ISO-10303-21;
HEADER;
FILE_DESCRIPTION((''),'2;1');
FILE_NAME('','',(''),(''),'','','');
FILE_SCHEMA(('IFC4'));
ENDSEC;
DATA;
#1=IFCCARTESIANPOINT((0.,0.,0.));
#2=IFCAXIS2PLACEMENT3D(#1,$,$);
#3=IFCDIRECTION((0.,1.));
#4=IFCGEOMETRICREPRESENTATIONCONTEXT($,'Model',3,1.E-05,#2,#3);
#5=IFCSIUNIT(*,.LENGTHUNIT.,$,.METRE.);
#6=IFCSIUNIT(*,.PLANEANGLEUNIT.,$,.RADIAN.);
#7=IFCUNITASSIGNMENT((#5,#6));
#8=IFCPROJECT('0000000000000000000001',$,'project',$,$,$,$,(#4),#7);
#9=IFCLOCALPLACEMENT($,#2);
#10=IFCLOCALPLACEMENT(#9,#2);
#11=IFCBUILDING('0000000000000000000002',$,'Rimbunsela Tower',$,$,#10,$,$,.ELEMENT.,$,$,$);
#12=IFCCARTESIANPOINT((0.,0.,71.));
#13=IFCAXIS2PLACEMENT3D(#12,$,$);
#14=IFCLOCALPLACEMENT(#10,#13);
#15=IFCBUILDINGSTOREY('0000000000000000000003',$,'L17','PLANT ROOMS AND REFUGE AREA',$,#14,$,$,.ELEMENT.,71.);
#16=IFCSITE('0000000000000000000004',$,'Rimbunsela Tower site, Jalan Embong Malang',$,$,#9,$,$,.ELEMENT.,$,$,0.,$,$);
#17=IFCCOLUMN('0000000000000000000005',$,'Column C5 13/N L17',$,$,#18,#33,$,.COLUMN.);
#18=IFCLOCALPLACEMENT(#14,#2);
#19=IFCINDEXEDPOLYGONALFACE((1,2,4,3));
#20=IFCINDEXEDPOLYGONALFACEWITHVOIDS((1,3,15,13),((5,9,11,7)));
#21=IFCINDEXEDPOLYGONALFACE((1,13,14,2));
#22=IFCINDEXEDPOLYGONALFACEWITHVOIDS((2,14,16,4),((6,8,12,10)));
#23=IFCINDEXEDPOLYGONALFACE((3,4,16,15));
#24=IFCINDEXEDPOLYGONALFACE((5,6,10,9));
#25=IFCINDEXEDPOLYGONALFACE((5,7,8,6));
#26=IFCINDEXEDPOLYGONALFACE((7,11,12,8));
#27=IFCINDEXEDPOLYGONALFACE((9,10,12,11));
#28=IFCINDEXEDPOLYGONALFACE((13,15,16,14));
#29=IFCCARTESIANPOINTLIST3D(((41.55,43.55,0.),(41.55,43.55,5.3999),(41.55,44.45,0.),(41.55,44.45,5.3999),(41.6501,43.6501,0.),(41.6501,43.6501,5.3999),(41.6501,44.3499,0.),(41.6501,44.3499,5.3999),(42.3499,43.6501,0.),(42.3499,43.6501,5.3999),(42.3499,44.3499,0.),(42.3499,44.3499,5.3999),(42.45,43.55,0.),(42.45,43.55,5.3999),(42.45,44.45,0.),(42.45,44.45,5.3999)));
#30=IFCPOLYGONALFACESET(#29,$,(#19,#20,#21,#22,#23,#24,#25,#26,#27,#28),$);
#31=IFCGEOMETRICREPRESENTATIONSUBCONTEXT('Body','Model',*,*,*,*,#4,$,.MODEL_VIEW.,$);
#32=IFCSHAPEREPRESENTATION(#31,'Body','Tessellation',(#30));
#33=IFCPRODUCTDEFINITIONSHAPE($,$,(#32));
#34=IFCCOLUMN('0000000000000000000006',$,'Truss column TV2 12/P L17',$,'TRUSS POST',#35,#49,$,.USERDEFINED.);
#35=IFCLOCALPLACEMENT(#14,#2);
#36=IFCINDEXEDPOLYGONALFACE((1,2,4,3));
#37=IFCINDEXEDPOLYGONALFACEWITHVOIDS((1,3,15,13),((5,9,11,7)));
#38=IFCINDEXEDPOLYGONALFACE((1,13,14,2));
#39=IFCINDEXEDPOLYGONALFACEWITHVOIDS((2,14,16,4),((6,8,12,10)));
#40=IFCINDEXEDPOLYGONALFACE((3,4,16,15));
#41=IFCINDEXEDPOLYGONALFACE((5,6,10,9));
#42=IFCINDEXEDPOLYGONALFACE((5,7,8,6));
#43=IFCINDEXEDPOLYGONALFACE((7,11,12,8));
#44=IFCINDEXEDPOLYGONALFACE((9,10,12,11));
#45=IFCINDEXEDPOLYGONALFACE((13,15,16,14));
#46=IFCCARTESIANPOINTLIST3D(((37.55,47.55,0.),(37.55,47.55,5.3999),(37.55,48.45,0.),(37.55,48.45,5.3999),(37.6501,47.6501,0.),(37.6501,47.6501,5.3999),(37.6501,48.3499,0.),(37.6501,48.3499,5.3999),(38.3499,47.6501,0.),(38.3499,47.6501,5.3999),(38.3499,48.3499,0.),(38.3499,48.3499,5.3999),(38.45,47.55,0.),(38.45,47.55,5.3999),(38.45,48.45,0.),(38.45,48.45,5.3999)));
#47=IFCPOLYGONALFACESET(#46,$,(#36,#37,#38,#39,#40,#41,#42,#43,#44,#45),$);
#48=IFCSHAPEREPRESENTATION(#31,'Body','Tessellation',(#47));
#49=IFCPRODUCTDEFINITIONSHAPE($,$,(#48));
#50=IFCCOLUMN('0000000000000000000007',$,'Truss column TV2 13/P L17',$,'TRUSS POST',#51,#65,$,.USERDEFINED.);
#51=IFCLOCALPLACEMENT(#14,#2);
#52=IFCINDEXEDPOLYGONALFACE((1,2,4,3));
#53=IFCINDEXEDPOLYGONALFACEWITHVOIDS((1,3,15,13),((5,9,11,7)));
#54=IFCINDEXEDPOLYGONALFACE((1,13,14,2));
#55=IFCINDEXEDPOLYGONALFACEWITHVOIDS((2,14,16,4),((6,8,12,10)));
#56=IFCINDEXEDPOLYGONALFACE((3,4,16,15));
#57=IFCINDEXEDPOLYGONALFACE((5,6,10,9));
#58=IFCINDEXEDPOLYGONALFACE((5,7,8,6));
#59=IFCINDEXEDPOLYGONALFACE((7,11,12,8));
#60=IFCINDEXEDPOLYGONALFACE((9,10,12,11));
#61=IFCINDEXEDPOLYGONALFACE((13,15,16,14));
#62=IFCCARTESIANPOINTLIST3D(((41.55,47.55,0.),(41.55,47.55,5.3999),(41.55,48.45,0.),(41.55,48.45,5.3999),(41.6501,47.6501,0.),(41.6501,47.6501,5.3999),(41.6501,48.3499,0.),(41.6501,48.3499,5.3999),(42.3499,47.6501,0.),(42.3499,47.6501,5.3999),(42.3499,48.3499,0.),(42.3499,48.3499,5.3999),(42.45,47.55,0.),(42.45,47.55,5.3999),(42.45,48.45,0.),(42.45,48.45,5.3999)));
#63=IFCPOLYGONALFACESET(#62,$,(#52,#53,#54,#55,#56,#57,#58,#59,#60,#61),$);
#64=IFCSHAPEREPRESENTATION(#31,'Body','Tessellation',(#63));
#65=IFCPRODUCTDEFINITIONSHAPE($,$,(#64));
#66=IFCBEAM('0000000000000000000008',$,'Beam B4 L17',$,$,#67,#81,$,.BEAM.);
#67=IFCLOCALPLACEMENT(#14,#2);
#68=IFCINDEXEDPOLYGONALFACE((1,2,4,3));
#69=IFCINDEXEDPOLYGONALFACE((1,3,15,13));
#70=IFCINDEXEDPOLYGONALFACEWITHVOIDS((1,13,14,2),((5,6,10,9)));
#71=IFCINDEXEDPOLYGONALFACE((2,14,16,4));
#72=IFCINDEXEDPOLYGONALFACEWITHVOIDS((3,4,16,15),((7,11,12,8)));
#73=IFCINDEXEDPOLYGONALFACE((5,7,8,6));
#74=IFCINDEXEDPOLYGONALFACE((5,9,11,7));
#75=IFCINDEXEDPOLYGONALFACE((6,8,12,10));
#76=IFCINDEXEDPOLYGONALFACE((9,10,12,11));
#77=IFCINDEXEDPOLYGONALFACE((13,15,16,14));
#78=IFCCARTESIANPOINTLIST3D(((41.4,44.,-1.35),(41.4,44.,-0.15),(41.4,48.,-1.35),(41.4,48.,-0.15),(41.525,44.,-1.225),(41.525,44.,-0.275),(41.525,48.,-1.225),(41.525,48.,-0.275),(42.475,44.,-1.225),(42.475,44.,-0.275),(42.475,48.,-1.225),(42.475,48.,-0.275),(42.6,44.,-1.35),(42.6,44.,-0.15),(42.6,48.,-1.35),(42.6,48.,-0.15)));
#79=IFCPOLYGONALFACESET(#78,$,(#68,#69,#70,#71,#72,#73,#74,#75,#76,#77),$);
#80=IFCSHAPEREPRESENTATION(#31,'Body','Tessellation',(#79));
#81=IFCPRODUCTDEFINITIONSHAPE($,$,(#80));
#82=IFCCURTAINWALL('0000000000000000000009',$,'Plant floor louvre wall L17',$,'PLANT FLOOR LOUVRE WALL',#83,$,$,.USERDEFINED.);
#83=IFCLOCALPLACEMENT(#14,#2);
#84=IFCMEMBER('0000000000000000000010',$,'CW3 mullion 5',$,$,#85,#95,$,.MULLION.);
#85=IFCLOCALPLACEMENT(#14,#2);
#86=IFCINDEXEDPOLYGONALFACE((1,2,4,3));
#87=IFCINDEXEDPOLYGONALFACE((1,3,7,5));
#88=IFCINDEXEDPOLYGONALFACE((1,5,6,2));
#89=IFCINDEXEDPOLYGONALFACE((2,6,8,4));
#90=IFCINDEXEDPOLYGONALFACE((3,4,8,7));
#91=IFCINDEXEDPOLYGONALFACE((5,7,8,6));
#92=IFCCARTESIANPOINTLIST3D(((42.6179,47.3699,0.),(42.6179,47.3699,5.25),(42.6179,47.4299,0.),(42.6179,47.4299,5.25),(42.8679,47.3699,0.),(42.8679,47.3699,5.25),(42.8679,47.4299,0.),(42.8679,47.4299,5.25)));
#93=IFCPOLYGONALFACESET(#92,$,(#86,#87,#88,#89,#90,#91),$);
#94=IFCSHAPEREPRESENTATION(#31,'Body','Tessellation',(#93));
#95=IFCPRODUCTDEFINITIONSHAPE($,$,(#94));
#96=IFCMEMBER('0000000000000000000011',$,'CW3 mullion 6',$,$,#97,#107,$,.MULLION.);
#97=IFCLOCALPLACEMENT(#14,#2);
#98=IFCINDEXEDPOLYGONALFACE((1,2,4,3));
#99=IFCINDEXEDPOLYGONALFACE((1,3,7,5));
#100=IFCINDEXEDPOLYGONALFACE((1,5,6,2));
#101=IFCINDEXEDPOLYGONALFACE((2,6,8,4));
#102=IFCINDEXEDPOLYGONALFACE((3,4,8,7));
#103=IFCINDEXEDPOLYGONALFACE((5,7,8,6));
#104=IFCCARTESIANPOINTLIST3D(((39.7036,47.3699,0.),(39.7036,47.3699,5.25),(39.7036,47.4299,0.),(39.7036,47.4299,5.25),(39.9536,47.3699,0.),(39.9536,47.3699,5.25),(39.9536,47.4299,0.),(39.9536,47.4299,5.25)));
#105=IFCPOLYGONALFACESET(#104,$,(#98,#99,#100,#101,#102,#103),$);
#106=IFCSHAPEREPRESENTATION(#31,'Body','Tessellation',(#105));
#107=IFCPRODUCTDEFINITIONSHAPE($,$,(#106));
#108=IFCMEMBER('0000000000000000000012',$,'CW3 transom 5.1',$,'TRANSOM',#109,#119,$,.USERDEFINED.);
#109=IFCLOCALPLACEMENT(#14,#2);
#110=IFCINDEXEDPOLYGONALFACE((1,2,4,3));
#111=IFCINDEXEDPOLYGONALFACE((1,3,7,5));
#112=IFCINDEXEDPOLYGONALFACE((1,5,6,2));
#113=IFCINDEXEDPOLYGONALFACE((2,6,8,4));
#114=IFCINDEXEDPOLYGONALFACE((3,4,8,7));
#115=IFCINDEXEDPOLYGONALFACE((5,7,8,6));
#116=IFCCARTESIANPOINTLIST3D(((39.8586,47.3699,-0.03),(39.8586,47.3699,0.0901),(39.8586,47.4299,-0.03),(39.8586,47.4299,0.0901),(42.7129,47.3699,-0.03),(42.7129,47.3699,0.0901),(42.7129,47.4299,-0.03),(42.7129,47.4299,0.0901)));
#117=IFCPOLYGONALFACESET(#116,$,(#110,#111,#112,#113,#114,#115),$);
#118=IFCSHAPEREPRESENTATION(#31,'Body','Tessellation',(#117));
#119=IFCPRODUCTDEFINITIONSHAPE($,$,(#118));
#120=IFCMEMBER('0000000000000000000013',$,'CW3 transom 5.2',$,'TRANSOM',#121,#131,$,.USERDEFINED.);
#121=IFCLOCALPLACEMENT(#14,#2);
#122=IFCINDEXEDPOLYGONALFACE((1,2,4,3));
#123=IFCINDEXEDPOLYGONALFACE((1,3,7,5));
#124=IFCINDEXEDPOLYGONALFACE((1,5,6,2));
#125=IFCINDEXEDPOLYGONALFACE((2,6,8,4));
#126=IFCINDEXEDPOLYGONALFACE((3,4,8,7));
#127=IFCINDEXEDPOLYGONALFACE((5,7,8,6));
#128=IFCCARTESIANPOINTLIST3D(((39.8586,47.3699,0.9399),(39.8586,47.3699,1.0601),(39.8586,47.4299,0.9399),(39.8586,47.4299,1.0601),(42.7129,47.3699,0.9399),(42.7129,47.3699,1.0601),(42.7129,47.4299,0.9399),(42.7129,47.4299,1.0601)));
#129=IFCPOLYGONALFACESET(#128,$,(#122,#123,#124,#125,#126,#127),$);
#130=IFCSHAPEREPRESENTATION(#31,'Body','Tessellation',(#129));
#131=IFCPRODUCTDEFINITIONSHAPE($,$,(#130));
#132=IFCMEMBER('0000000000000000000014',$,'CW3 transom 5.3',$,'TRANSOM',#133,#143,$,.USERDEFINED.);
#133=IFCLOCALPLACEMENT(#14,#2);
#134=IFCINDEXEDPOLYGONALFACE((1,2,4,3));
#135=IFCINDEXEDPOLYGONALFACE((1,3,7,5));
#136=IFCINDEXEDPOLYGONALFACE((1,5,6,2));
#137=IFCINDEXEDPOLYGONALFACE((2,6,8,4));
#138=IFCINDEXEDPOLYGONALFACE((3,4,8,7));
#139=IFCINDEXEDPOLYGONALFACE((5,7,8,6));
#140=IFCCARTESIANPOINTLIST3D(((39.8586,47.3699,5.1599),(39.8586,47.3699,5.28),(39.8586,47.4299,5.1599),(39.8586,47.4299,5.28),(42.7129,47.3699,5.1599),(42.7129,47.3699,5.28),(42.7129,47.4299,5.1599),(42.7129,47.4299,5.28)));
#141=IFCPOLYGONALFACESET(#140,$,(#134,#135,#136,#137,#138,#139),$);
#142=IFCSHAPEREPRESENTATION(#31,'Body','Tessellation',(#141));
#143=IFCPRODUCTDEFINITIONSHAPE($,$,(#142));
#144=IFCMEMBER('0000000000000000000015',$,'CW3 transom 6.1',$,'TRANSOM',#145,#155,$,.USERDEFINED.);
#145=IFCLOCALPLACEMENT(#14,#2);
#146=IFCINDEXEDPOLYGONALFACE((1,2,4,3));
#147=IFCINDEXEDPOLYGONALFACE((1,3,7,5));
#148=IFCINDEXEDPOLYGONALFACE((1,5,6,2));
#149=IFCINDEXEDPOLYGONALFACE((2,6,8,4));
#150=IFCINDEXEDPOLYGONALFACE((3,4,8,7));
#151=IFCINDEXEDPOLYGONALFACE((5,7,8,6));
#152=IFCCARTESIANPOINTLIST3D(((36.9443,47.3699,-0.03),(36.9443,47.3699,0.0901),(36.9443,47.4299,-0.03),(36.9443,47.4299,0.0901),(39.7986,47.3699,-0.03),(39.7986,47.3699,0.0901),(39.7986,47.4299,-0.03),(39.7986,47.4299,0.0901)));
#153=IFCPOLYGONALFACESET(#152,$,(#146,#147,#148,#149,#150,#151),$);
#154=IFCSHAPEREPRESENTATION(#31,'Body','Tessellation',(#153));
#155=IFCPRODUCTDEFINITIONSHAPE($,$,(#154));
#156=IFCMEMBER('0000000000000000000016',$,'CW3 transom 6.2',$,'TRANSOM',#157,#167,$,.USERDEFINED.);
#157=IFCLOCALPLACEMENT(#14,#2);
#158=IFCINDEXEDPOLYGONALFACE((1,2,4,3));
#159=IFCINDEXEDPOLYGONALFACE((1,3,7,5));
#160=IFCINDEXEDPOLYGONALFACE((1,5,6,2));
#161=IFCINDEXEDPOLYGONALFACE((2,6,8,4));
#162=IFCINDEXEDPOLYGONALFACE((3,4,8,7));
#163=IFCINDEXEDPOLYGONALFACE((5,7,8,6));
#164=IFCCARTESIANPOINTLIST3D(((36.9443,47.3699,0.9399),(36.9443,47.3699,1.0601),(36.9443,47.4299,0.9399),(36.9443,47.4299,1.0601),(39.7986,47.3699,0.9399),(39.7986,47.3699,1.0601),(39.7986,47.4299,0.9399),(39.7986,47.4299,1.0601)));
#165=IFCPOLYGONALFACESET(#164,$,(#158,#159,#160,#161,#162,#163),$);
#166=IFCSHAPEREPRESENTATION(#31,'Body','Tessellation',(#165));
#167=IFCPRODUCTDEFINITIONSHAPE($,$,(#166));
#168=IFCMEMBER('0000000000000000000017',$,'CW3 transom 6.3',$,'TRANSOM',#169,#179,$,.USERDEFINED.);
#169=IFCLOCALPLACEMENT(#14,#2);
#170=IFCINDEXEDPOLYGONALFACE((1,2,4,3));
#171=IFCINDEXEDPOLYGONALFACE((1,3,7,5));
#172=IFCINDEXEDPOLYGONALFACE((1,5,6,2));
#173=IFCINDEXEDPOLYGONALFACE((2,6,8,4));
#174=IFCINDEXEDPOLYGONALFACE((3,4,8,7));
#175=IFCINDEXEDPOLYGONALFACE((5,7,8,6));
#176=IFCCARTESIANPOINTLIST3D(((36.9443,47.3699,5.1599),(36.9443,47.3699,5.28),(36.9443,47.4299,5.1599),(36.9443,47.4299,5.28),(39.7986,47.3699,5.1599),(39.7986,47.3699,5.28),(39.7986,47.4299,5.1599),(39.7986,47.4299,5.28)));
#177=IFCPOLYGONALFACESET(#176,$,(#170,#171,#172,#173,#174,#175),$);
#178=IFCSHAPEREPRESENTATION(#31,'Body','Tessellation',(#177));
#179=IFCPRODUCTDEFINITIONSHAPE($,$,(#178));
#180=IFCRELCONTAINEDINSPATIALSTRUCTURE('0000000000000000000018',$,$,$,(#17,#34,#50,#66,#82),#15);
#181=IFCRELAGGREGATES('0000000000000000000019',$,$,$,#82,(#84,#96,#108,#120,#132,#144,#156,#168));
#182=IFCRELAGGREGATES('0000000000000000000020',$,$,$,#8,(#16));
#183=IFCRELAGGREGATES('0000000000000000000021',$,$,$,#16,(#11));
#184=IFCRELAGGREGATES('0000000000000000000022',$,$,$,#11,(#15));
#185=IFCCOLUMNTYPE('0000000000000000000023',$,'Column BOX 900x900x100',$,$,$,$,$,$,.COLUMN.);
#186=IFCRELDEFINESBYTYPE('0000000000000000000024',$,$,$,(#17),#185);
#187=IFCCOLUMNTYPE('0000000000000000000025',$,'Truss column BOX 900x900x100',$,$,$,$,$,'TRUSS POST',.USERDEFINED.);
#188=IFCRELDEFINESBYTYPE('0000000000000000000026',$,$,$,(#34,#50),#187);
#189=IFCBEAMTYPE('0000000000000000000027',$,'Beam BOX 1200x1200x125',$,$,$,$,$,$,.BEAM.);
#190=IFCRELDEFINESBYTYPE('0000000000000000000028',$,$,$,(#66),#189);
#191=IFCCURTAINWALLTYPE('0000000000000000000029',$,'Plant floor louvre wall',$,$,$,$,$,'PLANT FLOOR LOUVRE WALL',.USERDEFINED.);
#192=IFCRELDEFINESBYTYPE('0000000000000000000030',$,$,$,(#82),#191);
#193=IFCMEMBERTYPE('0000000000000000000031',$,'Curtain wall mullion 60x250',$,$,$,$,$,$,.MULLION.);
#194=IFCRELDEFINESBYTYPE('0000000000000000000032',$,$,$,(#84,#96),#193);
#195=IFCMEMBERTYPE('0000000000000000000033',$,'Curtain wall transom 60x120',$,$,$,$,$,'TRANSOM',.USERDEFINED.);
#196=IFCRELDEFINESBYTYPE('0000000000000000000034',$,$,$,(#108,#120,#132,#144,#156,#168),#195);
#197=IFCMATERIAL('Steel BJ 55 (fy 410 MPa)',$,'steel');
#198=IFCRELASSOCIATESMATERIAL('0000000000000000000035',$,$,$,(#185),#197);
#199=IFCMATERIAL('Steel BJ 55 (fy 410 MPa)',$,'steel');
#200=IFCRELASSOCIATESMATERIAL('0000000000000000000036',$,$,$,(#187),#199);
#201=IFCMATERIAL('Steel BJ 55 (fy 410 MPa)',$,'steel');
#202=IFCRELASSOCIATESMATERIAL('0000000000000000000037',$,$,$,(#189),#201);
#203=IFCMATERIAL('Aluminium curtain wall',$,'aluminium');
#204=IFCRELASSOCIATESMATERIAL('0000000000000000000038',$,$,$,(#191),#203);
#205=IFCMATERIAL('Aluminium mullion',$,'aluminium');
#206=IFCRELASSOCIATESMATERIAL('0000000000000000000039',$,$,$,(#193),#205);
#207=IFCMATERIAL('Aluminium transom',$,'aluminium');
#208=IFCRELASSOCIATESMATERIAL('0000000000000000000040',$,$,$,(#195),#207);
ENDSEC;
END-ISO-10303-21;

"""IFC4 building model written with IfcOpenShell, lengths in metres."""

from ifc_helpers import new_model, si_unit, direction, frame, origin, origin_2d, place, context, subcontext, project, spatial, rectangle, hollow_rectangle, extrude, material, material_profile, profile_set, type_object, element, aggregate, save


model = new_model("IFC4")

# Units and contexts
model_context = context("Model", 3, precision=1e-05, world=origin(), true_north=direction((0.0, 1.0)))
body_context = subcontext(model_context, "Body", "Model", "MODEL_VIEW")
ifc_project = project(units=[si_unit("LENGTHUNIT", "METRE"), si_unit("PLANEANGLEUNIT", "RADIAN")], contexts=[model_context])

# Site, building, storey
site_placement = place(None, origin())
site = spatial("IfcSite", under=ifc_project, at=site_placement, Name="Rimbunsela Tower site, Jalan Embong Malang", CompositionType="ELEMENT", RefElevation=0.0)
building_placement = place(site_placement, origin())
building = spatial("IfcBuilding", under=site, at=building_placement, Name="Rimbunsela Tower", CompositionType="ELEMENT")
storey_placement = place(building_placement, frame((0.0, 0.0, 71.0)))
storey = spatial("IfcBuildingStorey", under=building, at=storey_placement, Name="L17", Description="PLANT ROOMS AND REFUGE AREA", CompositionType="ELEMENT", Elevation=71.0)

# Columns
ifc_material_1 = material(Name="Steel BJ 55 (fy 410 MPa)", Category="steel")
ifc_material_profile_1 = material_profile(ifc_material_1, hollow_rectangle(XDim=0.8999, YDim=0.8999, WallThickness=0.1001, at=origin_2d()), Name="BOX 900x900x100")
ifc_profile_set_1 = profile_set([ifc_material_profile_1], Name="Steel BJ 55 (fy 410 MPa)")
column_type_1 = type_object("IfcColumnType", Name="Column BOX 900x900x100", PredefinedType="COLUMN", material=ifc_profile_set_1)
column_placement = place(storey_placement, frame((42.0, 44.0, 0.0), z_axis=(0.0, 0.0, 1.0), x_axis=(1.0, 0.0, 0.0)))
element("IfcColumn", 1, at=column_placement, inside=storey, type_object=column_type_1, Name="Column C5 13/N L17", PredefinedType="COLUMN", context=body_context, shape_type="SweptSolid", body=[
    extrude(hollow_rectangle(XDim=0.8999, YDim=0.8999, WallThickness=0.1001, at=origin_2d()), origin(), (0.0, 0.0, 1.0), 5.3999),
])
ifc_material_2 = material(Name="Steel BJ 55 (fy 410 MPa)", Category="steel")
ifc_material_profile_2 = material_profile(ifc_material_2, hollow_rectangle(XDim=0.8999, YDim=0.8999, WallThickness=0.1001, at=origin_2d()), Name="BOX 900x900x100")
ifc_profile_set_2 = profile_set([ifc_material_profile_2], Name="Steel BJ 55 (fy 410 MPa)")
column_type_2 = type_object("IfcColumnType", Name="Truss column BOX 900x900x100", ElementType="TRUSS POST", PredefinedType="USERDEFINED", material=ifc_profile_set_2)
for number, where, z_axis, x_axis, name in (
    (2, (38.0, 48.0, 0.0), (0.0, 0.0, 1.0), (1.0, 0.0, 0.0), "Truss column TV2 12/P L17"),
    (3, (42.0, 48.0, 0.0), (0.0, 0.0, 1.0), (1.0, 0.0, 0.0), "Truss column TV2 13/P L17"),
):
    element("IfcColumn", number, at=place(storey_placement, frame(where, z_axis=z_axis, x_axis=x_axis)), inside=storey, type_object=column_type_2, Name=name, ObjectType="TRUSS POST", PredefinedType="USERDEFINED", context=body_context, shape_type="SweptSolid", body=[
        extrude(hollow_rectangle(XDim=0.8999, YDim=0.8999, WallThickness=0.1001, at=origin_2d()), origin(), (0.0, 0.0, 1.0), 5.3999),
    ])

# Beam
ifc_material_3 = material(Name="Steel BJ 55 (fy 410 MPa)", Category="steel")
ifc_material_profile_3 = material_profile(ifc_material_3, hollow_rectangle(XDim=1.2, YDim=1.2, WallThickness=0.125, at=origin_2d()), Name="BOX 1200x1200x125")
ifc_profile_set_3 = profile_set([ifc_material_profile_3], Name="Steel BJ 55 (fy 410 MPa)")
beam_type_1 = type_object("IfcBeamType", Name="Beam BOX 1200x1200x125", PredefinedType="BEAM", material=ifc_profile_set_3)
beam_placement = place(storey_placement, frame((42.0, 44.0, -0.75), z_axis=(0.0, 1.0, 0.0), x_axis=(-1.0, 0.0, 0.0)))
element("IfcBeam", 4, at=beam_placement, inside=storey, type_object=beam_type_1, Name="Beam B4 L17", PredefinedType="BEAM", context=body_context, shape_type="SweptSolid", body=[
    extrude(hollow_rectangle(XDim=1.2, YDim=1.2, WallThickness=0.125, at=origin_2d()), origin(), (0.0, 0.0, 1.0), 4.0),
])

# Curtain wall, members
ifc_material_4 = material(Name="Aluminium curtain wall", Category="aluminium")
curtain_wall_type = type_object("IfcCurtainWallType", Name="Plant floor louvre wall", ElementType="PLANT FLOOR LOUVRE WALL", PredefinedType="USERDEFINED", material=ifc_material_4)
curtain_wall_placement = place(storey_placement, origin())
curtain_wall = element("IfcCurtainWall", 5, at=curtain_wall_placement, inside=storey, type_object=curtain_wall_type, Name="Plant floor louvre wall L17", ObjectType="PLANT FLOOR LOUVRE WALL", PredefinedType="USERDEFINED")
ifc_material_5 = material(Name="Aluminium mullion", Category="aluminium")
ifc_material_profile_4 = material_profile(ifc_material_5, rectangle(XDim=0.0601, YDim=0.25, at=origin_2d()), Name="Mullion 60x250")
ifc_profile_set_4 = profile_set([ifc_material_profile_4], Name="Aluminium mullion")
member_type_1 = type_object("IfcMemberType", Name="Curtain wall mullion 60x250", PredefinedType="MULLION", material=ifc_profile_set_4)
member_1_placement = place(storey_placement, frame((42.7429, 47.3999, 0.0), z_axis=(0.0, 0.0, 1.0), x_axis=(0.0, -1.0, 0.0)))
member_1 = element("IfcMember", 6, at=member_1_placement, type_object=member_type_1, Name="CW3 mullion 5", PredefinedType="MULLION", context=body_context, shape_type="SweptSolid", body=[
    extrude(rectangle(XDim=0.0601, YDim=0.25, at=origin_2d()), origin(), (0.0, 0.0, 1.0), 5.25),
])
member_2_placement = place(storey_placement, frame((39.8286, 47.3999, 0.0), z_axis=(0.0, 0.0, 1.0), x_axis=(0.0, -1.0, 0.0)))
member_2 = element("IfcMember", 7, at=member_2_placement, type_object=member_type_1, Name="CW3 mullion 6", PredefinedType="MULLION", context=body_context, shape_type="SweptSolid", body=[
    extrude(rectangle(XDim=0.0601, YDim=0.25, at=origin_2d()), origin(), (0.0, 0.0, 1.0), 5.25),
])
ifc_material_6 = material(Name="Aluminium transom", Category="aluminium")
ifc_material_profile_5 = material_profile(ifc_material_6, rectangle(XDim=0.0601, YDim=0.1201, at=origin_2d()), Name="Transom 60x120")
ifc_profile_set_5 = profile_set([ifc_material_profile_5], Name="Aluminium transom")
member_type_2 = type_object("IfcMemberType", Name="Curtain wall transom 60x120", ElementType="TRANSOM", PredefinedType="USERDEFINED", material=ifc_profile_set_5)
member_3_placement = place(storey_placement, frame((42.7129, 47.3999, 0.03), z_axis=(-1.0, 0.0, 0.0), x_axis=(0.0, -1.0, 0.0)))
member_3 = element("IfcMember", 8, at=member_3_placement, type_object=member_type_2, Name="CW3 transom 5.1", ObjectType="TRANSOM", PredefinedType="USERDEFINED", context=body_context, shape_type="SweptSolid", body=[
    extrude(rectangle(XDim=0.0601, YDim=0.1201, at=origin_2d()), origin(), (0.0, 0.0, 1.0), 2.8542),
])
member_4_placement = place(storey_placement, frame((42.7129, 47.3999, 1.0), z_axis=(-1.0, 0.0, 0.0), x_axis=(0.0, -1.0, 0.0)))
member_4 = element("IfcMember", 9, at=member_4_placement, type_object=member_type_2, Name="CW3 transom 5.2", ObjectType="TRANSOM", PredefinedType="USERDEFINED", context=body_context, shape_type="SweptSolid", body=[
    extrude(rectangle(XDim=0.0601, YDim=0.1201, at=origin_2d()), origin(), (0.0, 0.0, 1.0), 2.8542),
])
member_5_placement = place(storey_placement, frame((42.7129, 47.3999, 5.22), z_axis=(-1.0, 0.0, 0.0), x_axis=(0.0, -1.0, 0.0)))
member_5 = element("IfcMember", 10, at=member_5_placement, type_object=member_type_2, Name="CW3 transom 5.3", ObjectType="TRANSOM", PredefinedType="USERDEFINED", context=body_context, shape_type="SweptSolid", body=[
    extrude(rectangle(XDim=0.0601, YDim=0.1201, at=origin_2d()), origin(), (0.0, 0.0, 1.0), 2.8542),
])
member_6_placement = place(storey_placement, frame((39.7986, 47.3999, 0.03), z_axis=(-1.0, 0.0, 0.0), x_axis=(0.0, -1.0, 0.0)))
member_6 = element("IfcMember", 11, at=member_6_placement, type_object=member_type_2, Name="CW3 transom 6.1", ObjectType="TRANSOM", PredefinedType="USERDEFINED", context=body_context, shape_type="SweptSolid", body=[
    extrude(rectangle(XDim=0.0601, YDim=0.1201, at=origin_2d()), origin(), (0.0, 0.0, 1.0), 2.8542),
])
member_7_placement = place(storey_placement, frame((39.7986, 47.3999, 1.0), z_axis=(-1.0, 0.0, 0.0), x_axis=(0.0, -1.0, 0.0)))
member_7 = element("IfcMember", 12, at=member_7_placement, type_object=member_type_2, Name="CW3 transom 6.2", ObjectType="TRANSOM", PredefinedType="USERDEFINED", context=body_context, shape_type="SweptSolid", body=[
    extrude(rectangle(XDim=0.0601, YDim=0.1201, at=origin_2d()), origin(), (0.0, 0.0, 1.0), 2.8542),
])
member_8_placement = place(storey_placement, frame((39.7986, 47.3999, 5.22), z_axis=(-1.0, 0.0, 0.0), x_axis=(0.0, -1.0, 0.0)))
member_8 = element("IfcMember", 13, at=member_8_placement, type_object=member_type_2, Name="CW3 transom 6.3", ObjectType="TRANSOM", PredefinedType="USERDEFINED", context=body_context, shape_type="SweptSolid", body=[
    extrude(rectangle(XDim=0.0601, YDim=0.1201, at=origin_2d()), origin(), (0.0, 0.0, 1.0), 2.8542),
])

aggregate(curtain_wall, [member_1, member_2, member_3, member_4, member_5, member_6, member_7, member_8])

save(model, "model.ifc")
